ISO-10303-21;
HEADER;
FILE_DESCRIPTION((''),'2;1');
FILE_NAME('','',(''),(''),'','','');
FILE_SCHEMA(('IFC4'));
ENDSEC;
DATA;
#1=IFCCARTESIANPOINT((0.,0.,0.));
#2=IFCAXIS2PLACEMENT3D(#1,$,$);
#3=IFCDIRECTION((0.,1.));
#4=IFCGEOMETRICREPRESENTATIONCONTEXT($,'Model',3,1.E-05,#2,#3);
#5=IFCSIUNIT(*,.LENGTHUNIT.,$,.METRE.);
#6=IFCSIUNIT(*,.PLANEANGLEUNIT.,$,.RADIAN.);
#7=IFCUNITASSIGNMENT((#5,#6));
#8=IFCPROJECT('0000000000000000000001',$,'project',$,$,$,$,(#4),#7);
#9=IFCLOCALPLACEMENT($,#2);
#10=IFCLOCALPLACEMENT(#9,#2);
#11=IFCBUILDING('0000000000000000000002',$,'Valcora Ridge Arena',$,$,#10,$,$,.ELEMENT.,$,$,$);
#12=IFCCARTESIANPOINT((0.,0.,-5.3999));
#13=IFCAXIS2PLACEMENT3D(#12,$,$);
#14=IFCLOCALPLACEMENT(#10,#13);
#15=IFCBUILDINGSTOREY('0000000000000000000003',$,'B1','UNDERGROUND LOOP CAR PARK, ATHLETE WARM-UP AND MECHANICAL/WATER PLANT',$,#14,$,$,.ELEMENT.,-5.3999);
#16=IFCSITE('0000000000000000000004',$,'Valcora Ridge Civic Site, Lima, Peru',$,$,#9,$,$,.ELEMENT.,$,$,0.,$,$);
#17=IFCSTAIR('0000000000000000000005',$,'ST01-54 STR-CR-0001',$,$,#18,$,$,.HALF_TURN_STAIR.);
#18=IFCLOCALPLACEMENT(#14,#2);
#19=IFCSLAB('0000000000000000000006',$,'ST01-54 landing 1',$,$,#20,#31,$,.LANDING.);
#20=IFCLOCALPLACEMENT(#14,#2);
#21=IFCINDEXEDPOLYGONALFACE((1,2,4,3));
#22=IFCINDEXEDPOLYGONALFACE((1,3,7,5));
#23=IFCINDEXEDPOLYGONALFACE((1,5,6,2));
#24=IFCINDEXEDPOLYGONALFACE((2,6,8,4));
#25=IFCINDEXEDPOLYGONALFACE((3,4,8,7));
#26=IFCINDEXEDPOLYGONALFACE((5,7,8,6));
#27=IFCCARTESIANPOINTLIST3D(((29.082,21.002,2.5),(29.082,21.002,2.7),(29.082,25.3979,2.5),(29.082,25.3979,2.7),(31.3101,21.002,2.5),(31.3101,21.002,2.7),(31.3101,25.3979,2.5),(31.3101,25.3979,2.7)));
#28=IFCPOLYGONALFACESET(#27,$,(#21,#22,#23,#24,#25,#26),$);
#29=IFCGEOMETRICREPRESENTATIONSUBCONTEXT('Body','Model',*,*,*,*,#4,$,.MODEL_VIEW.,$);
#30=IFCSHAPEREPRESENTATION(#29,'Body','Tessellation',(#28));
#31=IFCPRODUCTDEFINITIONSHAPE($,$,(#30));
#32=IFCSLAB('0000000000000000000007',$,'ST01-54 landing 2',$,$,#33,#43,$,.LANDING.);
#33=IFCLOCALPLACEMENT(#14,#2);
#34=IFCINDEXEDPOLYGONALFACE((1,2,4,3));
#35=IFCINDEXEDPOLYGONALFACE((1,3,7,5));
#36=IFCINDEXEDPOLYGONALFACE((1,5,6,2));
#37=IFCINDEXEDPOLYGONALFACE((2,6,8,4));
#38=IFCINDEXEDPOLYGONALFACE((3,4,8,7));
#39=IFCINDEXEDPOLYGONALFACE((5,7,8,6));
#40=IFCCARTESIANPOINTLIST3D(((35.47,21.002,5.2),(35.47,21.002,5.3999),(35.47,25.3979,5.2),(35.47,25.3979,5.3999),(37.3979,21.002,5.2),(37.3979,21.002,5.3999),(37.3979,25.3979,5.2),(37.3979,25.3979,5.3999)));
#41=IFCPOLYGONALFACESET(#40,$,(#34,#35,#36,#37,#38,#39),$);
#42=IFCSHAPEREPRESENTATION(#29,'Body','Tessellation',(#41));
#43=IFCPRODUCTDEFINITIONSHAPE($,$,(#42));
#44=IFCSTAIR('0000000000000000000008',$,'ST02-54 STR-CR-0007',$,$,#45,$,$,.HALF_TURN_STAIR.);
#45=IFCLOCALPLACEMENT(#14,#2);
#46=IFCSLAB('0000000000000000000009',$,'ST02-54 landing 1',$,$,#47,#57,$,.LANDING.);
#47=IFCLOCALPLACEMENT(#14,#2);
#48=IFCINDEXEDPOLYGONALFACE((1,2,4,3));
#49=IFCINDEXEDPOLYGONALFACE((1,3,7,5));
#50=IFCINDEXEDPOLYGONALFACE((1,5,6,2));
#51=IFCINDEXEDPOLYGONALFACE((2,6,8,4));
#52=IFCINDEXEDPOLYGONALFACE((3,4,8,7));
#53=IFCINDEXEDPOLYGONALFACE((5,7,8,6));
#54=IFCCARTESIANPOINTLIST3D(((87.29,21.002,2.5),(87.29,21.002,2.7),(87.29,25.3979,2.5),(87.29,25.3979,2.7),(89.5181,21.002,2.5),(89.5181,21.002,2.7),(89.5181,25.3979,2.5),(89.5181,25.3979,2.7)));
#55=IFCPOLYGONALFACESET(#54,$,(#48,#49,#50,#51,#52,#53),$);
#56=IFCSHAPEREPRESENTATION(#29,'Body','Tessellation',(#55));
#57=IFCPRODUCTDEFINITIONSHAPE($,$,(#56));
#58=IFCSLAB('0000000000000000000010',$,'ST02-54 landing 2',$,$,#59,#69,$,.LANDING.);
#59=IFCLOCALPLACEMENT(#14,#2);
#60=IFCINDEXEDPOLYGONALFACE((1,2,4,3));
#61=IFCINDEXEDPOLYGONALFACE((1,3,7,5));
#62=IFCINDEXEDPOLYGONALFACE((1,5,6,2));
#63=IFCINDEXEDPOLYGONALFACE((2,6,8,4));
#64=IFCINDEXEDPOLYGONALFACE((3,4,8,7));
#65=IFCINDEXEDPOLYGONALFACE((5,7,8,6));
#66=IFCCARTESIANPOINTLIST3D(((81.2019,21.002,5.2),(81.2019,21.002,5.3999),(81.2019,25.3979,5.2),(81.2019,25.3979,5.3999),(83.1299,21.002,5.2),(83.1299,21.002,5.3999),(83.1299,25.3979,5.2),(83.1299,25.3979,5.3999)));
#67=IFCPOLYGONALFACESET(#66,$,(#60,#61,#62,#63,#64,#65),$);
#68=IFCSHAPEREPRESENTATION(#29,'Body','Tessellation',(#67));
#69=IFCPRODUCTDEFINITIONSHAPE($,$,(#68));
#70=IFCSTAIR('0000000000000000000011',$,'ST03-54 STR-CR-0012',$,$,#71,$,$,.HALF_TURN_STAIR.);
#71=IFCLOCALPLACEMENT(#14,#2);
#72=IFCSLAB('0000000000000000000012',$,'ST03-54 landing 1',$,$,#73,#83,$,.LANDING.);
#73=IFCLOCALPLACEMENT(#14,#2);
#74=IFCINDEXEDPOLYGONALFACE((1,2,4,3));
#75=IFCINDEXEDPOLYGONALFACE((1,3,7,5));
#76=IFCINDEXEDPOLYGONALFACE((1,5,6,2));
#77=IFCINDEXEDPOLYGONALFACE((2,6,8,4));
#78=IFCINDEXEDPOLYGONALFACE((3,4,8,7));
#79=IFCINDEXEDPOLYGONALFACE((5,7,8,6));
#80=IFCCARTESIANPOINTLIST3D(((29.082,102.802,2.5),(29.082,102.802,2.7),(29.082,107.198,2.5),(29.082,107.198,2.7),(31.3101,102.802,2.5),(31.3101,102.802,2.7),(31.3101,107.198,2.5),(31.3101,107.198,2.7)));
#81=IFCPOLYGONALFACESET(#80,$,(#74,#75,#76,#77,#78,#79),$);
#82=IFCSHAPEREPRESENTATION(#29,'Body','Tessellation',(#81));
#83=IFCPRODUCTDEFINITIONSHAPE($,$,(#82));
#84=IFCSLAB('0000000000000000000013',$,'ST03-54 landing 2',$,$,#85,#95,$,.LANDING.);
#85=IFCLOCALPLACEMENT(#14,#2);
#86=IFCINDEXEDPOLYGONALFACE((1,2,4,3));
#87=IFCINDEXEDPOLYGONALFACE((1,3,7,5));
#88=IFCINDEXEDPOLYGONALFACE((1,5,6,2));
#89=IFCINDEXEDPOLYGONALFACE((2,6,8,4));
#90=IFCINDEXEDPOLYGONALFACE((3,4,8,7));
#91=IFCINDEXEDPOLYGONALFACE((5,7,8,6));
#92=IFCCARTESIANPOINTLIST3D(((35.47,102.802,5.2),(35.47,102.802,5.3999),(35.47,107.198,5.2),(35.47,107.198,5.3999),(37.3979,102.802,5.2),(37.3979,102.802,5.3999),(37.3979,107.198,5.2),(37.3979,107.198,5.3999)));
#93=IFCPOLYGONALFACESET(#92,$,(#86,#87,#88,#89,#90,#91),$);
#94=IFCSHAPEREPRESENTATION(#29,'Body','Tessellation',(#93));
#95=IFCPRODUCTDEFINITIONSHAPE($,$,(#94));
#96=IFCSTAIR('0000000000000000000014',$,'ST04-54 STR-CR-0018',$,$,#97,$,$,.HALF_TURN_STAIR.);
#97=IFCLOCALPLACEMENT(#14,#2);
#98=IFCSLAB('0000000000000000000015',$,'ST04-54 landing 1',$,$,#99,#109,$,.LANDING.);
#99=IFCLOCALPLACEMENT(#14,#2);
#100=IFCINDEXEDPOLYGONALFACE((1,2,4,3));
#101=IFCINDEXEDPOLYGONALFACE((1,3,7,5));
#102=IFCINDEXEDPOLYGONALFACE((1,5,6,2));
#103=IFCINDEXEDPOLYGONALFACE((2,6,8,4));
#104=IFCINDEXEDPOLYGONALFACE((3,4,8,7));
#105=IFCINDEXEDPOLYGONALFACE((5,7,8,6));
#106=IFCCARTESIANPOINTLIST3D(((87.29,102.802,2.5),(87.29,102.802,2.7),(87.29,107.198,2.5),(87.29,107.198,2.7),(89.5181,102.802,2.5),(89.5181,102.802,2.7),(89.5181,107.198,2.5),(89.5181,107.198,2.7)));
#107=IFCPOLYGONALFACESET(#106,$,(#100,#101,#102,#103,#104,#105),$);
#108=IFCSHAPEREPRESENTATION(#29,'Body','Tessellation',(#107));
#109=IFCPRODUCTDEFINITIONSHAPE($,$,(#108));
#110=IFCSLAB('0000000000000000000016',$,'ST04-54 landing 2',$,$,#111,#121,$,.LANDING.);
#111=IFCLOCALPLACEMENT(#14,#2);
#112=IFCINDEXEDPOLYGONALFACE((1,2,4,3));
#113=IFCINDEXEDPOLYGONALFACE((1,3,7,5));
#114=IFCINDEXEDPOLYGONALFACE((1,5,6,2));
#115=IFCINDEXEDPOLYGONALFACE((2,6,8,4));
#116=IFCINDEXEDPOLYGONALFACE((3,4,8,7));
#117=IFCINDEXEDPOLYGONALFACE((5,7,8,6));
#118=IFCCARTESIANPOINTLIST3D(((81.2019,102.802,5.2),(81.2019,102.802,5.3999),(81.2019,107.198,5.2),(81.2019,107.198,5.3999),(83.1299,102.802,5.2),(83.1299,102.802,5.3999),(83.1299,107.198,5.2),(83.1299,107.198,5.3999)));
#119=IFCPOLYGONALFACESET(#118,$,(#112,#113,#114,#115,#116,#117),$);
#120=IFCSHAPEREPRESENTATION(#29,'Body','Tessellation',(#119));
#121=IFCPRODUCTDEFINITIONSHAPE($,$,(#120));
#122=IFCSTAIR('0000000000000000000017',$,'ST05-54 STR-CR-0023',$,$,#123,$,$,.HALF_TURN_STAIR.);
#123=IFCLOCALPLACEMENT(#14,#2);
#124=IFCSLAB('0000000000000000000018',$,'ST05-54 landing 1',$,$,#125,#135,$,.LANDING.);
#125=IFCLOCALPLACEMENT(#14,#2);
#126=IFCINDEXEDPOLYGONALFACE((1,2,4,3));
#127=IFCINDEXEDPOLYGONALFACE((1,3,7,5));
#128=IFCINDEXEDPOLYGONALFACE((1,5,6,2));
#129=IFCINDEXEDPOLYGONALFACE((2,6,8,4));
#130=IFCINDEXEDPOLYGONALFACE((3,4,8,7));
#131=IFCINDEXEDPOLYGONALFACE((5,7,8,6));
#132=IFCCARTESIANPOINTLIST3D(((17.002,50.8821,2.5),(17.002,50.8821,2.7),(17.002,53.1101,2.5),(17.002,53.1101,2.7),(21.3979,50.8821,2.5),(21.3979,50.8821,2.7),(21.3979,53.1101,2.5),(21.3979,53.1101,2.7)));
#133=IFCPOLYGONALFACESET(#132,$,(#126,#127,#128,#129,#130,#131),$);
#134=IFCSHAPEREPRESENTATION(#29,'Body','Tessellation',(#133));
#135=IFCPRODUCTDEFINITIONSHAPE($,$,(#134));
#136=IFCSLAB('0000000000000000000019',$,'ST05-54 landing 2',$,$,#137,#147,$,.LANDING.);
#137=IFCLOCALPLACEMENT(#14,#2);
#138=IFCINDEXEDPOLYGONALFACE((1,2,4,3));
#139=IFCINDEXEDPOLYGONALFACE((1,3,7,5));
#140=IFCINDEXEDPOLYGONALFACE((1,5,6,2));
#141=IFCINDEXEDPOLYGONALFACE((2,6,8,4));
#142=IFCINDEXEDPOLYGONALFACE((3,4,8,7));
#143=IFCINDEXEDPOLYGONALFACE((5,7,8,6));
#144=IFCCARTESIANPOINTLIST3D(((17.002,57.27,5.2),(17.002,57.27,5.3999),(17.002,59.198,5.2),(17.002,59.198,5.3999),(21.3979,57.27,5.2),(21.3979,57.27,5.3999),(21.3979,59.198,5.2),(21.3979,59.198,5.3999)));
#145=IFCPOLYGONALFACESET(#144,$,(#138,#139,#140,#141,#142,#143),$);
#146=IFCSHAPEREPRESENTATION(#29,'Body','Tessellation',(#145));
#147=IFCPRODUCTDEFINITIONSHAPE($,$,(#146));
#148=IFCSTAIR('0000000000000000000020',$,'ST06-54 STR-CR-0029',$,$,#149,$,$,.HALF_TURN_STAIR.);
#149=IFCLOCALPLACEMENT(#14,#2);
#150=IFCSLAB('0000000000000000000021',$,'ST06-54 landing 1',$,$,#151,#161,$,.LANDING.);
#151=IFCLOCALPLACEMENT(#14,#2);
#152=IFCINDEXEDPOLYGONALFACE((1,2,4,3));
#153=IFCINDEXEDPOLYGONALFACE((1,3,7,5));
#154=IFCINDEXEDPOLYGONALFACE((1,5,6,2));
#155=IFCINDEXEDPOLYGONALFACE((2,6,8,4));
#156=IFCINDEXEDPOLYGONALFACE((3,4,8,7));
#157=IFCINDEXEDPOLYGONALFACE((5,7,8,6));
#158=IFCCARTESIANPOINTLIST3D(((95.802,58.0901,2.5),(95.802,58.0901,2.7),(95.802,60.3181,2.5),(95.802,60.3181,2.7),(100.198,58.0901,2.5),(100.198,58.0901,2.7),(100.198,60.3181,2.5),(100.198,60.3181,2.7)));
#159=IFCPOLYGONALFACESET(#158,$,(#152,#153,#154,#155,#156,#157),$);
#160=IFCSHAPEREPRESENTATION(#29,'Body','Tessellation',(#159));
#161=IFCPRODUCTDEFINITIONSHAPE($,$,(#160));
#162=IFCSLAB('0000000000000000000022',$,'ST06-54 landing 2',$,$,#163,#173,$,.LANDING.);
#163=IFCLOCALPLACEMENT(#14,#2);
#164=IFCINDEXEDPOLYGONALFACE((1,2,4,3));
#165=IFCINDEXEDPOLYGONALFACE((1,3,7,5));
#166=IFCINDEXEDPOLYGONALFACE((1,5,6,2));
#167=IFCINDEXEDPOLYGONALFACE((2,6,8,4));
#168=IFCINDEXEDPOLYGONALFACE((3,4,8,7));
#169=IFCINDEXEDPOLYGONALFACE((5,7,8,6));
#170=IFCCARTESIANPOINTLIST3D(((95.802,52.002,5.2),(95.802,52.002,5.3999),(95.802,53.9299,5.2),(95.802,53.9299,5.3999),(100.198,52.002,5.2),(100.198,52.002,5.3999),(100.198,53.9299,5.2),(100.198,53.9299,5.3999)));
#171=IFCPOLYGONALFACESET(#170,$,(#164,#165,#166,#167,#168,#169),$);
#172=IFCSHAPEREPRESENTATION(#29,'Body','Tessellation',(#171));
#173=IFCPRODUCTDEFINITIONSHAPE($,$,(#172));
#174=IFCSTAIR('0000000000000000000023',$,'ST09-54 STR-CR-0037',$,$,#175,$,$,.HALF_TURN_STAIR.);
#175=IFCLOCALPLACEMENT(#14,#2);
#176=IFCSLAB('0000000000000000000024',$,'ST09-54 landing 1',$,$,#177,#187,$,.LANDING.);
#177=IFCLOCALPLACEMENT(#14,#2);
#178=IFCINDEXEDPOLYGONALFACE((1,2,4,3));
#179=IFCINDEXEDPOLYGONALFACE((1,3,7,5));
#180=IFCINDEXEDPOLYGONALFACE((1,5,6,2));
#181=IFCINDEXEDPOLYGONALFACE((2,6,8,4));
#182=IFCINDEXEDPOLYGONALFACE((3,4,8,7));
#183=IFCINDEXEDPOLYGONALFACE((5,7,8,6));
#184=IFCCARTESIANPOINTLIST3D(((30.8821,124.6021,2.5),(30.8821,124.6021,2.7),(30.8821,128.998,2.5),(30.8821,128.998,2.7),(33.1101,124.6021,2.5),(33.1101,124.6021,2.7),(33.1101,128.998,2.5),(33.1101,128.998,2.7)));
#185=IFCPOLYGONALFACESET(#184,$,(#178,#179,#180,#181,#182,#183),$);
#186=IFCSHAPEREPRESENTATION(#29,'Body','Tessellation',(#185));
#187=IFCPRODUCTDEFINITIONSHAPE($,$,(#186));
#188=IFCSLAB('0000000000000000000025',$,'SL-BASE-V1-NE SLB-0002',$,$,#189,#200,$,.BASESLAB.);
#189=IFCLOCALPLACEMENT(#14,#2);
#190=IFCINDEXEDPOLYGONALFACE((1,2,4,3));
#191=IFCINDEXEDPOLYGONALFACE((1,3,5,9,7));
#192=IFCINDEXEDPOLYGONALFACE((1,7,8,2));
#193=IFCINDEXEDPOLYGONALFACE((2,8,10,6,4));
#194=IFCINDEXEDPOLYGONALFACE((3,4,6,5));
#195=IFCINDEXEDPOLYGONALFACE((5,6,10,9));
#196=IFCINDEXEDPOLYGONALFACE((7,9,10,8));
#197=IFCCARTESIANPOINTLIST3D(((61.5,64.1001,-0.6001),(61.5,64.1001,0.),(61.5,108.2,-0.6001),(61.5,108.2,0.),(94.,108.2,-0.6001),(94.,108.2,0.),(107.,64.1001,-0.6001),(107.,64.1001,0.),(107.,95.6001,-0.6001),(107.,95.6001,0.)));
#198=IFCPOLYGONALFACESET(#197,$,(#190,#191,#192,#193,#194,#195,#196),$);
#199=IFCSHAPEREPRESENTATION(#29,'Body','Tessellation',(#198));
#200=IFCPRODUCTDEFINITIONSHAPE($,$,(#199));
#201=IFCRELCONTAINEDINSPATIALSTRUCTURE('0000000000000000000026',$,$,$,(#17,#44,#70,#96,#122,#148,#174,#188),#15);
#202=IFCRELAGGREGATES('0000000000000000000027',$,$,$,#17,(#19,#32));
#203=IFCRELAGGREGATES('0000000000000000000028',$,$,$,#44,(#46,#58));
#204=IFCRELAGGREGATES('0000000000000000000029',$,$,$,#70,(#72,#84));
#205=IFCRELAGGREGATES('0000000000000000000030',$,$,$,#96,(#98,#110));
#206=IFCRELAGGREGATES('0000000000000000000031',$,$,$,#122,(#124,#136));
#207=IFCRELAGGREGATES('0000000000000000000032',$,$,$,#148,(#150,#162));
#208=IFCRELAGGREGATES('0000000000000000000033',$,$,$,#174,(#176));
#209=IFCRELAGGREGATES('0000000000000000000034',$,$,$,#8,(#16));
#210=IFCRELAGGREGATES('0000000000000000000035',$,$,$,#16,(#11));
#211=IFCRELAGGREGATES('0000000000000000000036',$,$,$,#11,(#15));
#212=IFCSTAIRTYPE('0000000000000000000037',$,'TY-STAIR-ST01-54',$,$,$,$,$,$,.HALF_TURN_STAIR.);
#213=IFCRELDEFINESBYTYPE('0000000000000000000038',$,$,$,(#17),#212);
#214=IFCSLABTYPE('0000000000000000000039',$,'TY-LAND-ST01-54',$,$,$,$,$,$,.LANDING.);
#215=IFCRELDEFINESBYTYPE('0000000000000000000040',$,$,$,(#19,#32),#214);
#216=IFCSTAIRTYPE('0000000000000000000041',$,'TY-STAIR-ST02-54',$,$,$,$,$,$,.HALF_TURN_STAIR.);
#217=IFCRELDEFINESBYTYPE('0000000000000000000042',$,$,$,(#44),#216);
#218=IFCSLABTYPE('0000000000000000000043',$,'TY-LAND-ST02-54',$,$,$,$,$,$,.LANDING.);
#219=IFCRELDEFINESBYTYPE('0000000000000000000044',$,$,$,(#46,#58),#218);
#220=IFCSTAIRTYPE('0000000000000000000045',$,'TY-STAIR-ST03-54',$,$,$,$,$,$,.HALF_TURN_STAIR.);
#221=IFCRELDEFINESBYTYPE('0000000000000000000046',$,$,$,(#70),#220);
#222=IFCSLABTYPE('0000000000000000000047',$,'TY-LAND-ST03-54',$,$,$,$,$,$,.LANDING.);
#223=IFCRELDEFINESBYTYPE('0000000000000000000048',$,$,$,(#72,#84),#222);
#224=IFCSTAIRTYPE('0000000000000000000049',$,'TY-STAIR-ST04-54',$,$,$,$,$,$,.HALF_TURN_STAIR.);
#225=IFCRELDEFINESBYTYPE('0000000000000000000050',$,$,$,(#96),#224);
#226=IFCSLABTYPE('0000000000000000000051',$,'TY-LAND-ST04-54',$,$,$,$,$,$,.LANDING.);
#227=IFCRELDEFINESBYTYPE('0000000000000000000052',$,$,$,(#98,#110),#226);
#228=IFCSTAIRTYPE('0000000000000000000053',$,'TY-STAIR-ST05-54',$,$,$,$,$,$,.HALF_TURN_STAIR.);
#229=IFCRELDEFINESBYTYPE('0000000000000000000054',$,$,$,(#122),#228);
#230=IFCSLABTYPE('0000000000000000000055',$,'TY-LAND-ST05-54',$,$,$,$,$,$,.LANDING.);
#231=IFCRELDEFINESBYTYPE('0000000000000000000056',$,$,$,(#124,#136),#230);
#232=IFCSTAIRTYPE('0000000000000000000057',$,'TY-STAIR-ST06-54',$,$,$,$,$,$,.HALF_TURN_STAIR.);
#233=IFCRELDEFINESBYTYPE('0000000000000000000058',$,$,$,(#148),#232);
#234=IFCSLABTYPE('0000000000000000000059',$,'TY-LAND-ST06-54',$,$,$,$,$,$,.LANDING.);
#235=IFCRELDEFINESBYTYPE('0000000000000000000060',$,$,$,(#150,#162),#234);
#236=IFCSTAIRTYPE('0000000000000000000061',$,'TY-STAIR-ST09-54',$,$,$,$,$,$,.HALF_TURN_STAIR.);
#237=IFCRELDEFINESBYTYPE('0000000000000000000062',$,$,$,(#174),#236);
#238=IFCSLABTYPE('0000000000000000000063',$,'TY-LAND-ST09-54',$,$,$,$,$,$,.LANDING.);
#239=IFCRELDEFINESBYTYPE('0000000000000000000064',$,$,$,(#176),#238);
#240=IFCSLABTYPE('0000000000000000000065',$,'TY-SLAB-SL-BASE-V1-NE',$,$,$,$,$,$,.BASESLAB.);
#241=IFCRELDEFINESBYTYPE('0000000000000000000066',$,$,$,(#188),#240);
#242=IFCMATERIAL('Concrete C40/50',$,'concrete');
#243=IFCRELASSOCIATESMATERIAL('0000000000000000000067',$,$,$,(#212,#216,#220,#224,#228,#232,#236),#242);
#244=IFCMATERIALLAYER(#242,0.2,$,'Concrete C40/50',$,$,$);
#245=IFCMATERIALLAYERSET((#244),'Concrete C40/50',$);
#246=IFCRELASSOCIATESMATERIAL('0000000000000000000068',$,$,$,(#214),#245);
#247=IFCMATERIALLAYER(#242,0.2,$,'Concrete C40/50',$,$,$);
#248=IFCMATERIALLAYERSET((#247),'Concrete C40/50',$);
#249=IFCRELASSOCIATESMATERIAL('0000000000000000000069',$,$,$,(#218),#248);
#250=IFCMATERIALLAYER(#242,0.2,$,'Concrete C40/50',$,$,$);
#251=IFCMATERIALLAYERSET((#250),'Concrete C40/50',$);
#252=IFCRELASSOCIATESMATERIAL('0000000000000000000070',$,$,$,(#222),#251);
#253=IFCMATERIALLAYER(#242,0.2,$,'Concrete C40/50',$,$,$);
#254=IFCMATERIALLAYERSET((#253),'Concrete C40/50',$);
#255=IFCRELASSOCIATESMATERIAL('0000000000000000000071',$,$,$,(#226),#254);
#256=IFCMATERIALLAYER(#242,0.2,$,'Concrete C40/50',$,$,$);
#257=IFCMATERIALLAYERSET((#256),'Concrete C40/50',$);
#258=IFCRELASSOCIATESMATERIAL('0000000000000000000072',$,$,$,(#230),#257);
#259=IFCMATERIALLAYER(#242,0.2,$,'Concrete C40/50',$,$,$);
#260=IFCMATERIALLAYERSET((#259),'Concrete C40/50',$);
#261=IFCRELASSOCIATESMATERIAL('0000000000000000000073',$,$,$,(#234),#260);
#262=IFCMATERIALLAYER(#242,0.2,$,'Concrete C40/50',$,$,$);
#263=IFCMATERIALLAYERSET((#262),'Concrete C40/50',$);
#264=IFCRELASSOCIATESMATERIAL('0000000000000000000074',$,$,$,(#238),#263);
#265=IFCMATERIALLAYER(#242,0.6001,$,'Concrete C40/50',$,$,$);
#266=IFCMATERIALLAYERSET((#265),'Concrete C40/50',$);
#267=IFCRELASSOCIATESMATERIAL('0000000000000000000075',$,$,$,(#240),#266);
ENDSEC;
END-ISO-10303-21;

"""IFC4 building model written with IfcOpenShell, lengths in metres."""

from ifc_helpers import new_model, si_unit, direction, frame, origin, place, context, subcontext, project, spatial, polyline, outline, extrude, material, layer, layer_set, type_object, element, aggregate, save


model = new_model("IFC4")

# Units and contexts
model_context = context("Model", 3, precision=1e-05, world=origin(), true_north=direction((0.0, 1.0)))
body_context = subcontext(model_context, "Body", "Model", "MODEL_VIEW")
ifc_project = project(units=[si_unit("LENGTHUNIT", "METRE"), si_unit("PLANEANGLEUNIT", "RADIAN")], contexts=[model_context])

# Site, building, storey
site_placement = place(None, origin())
site = spatial("IfcSite", under=ifc_project, at=site_placement, Name="Valcora Ridge Civic Site, Lima, Peru", CompositionType="ELEMENT", RefElevation=0.0)
building_placement = place(site_placement, origin())
building = spatial("IfcBuilding", under=site, at=building_placement, Name="Valcora Ridge Arena", CompositionType="ELEMENT")
storey_placement = place(building_placement, frame((0.0, 0.0, -5.3999)))
storey = spatial("IfcBuildingStorey", under=building, at=storey_placement, Name="B1", Description="UNDERGROUND LOOP CAR PARK, ATHLETE WARM-UP AND MECHANICAL/WATER PLANT", CompositionType="ELEMENT", Elevation=-5.3999)

# Stairs, slabs
ifc_material_1 = material(Name="Concrete C40/50", Category="concrete")
stair_type_1 = type_object("IfcStairType", Name="TY-STAIR-ST01-54", PredefinedType="HALF_TURN_STAIR", material=ifc_material_1)
stair_1_placement = place(storey_placement, origin())
stair_1 = element("IfcStair", 1, at=stair_1_placement, inside=storey, type_object=stair_type_1, Name="ST01-54 STR-CR-0001", PredefinedType="HALF_TURN_STAIR")
ifc_layer_1 = layer(ifc_material_1, 0.2, Name="Concrete C40/50")
ifc_layer_set_1 = layer_set([ifc_layer_1], Name="Concrete C40/50")
slab_type_1 = type_object("IfcSlabType", Name="TY-LAND-ST01-54", PredefinedType="LANDING", material=ifc_layer_set_1)
slab_1_placement = place(storey_placement, frame((0.0, 0.0, 2.5)))
slab_1 = element("IfcSlab", 2, at=slab_1_placement, type_object=slab_type_1, Name="ST01-54 landing 1", PredefinedType="LANDING", context=body_context, shape_type="SweptSolid", body=[
    extrude(outline(polyline([(29.082, 21.002), (31.3101, 21.002), (31.3101, 25.3979), (29.082, 25.3979), (29.082, 21.002)])), origin(), (0.0, 0.0, 1.0), 0.2),
])
slab_2_placement = place(storey_placement, frame((0.0, 0.0, 5.2)))
slab_2 = element("IfcSlab", 3, at=slab_2_placement, type_object=slab_type_1, Name="ST01-54 landing 2", PredefinedType="LANDING", context=body_context, shape_type="SweptSolid", body=[
    extrude(outline(polyline([(35.47, 21.002), (37.3979, 21.002), (37.3979, 25.3979), (35.47, 25.3979), (35.47, 21.002)])), origin(), (0.0, 0.0, 1.0), 0.2),
])
aggregate(stair_1, [slab_1, slab_2])
stair_type_2 = type_object("IfcStairType", Name="TY-STAIR-ST02-54", PredefinedType="HALF_TURN_STAIR", material=ifc_material_1)
stair_2_placement = place(storey_placement, origin())
stair_2 = element("IfcStair", 4, at=stair_2_placement, inside=storey, type_object=stair_type_2, Name="ST02-54 STR-CR-0007", PredefinedType="HALF_TURN_STAIR")
ifc_layer_2 = layer(ifc_material_1, 0.2, Name="Concrete C40/50")
ifc_layer_set_2 = layer_set([ifc_layer_2], Name="Concrete C40/50")
slab_type_2 = type_object("IfcSlabType", Name="TY-LAND-ST02-54", PredefinedType="LANDING", material=ifc_layer_set_2)
slab_3_placement = place(storey_placement, frame((0.0, 0.0, 2.5)))
slab_3 = element("IfcSlab", 5, at=slab_3_placement, type_object=slab_type_2, Name="ST02-54 landing 1", PredefinedType="LANDING", context=body_context, shape_type="SweptSolid", body=[
    extrude(outline(polyline([(87.29, 21.002), (89.5181, 21.002), (89.5181, 25.3979), (87.29, 25.3979), (87.29, 21.002)])), origin(), (0.0, 0.0, 1.0), 0.2),
])
slab_4_placement = place(storey_placement, frame((0.0, 0.0, 5.2)))
slab_4 = element("IfcSlab", 6, at=slab_4_placement, type_object=slab_type_2, Name="ST02-54 landing 2", PredefinedType="LANDING", context=body_context, shape_type="SweptSolid", body=[
    extrude(outline(polyline([(81.2019, 21.002), (83.1299, 21.002), (83.1299, 25.3979), (81.2019, 25.3979), (81.2019, 21.002)])), origin(), (0.0, 0.0, 1.0), 0.2),
])
aggregate(stair_2, [slab_3, slab_4])
stair_type_3 = type_object("IfcStairType", Name="TY-STAIR-ST03-54", PredefinedType="HALF_TURN_STAIR", material=ifc_material_1)
stair_3_placement = place(storey_placement, origin())
stair_3 = element("IfcStair", 7, at=stair_3_placement, inside=storey, type_object=stair_type_3, Name="ST03-54 STR-CR-0012", PredefinedType="HALF_TURN_STAIR")
ifc_layer_3 = layer(ifc_material_1, 0.2, Name="Concrete C40/50")
ifc_layer_set_3 = layer_set([ifc_layer_3], Name="Concrete C40/50")
slab_type_3 = type_object("IfcSlabType", Name="TY-LAND-ST03-54", PredefinedType="LANDING", material=ifc_layer_set_3)
slab_5_placement = place(storey_placement, frame((0.0, 0.0, 2.5)))
slab_5 = element("IfcSlab", 8, at=slab_5_placement, type_object=slab_type_3, Name="ST03-54 landing 1", PredefinedType="LANDING", context=body_context, shape_type="SweptSolid", body=[
    extrude(outline(polyline([(29.082, 102.802), (31.3101, 102.802), (31.3101, 107.198), (29.082, 107.198), (29.082, 102.802)])), origin(), (0.0, 0.0, 1.0), 0.2),
])
slab_6_placement = place(storey_placement, frame((0.0, 0.0, 5.2)))
slab_6 = element("IfcSlab", 9, at=slab_6_placement, type_object=slab_type_3, Name="ST03-54 landing 2", PredefinedType="LANDING", context=body_context, shape_type="SweptSolid", body=[
    extrude(outline(polyline([(35.47, 102.802), (37.3979, 102.802), (37.3979, 107.198), (35.47, 107.198), (35.47, 102.802)])), origin(), (0.0, 0.0, 1.0), 0.2),
])
aggregate(stair_3, [slab_5, slab_6])
stair_type_4 = type_object("IfcStairType", Name="TY-STAIR-ST04-54", PredefinedType="HALF_TURN_STAIR", material=ifc_material_1)
stair_4_placement = place(storey_placement, origin())
stair_4 = element("IfcStair", 10, at=stair_4_placement, inside=storey, type_object=stair_type_4, Name="ST04-54 STR-CR-0018", PredefinedType="HALF_TURN_STAIR")
ifc_layer_4 = layer(ifc_material_1, 0.2, Name="Concrete C40/50")
ifc_layer_set_4 = layer_set([ifc_layer_4], Name="Concrete C40/50")
slab_type_4 = type_object("IfcSlabType", Name="TY-LAND-ST04-54", PredefinedType="LANDING", material=ifc_layer_set_4)
slab_7_placement = place(storey_placement, frame((0.0, 0.0, 2.5)))
slab_7 = element("IfcSlab", 11, at=slab_7_placement, type_object=slab_type_4, Name="ST04-54 landing 1", PredefinedType="LANDING", context=body_context, shape_type="SweptSolid", body=[
    extrude(outline(polyline([(87.29, 102.802), (89.5181, 102.802), (89.5181, 107.198), (87.29, 107.198), (87.29, 102.802)])), origin(), (0.0, 0.0, 1.0), 0.2),
])
slab_8_placement = place(storey_placement, frame((0.0, 0.0, 5.2)))
slab_8 = element("IfcSlab", 12, at=slab_8_placement, type_object=slab_type_4, Name="ST04-54 landing 2", PredefinedType="LANDING", context=body_context, shape_type="SweptSolid", body=[
    extrude(outline(polyline([(81.2019, 102.802), (83.1299, 102.802), (83.1299, 107.198), (81.2019, 107.198), (81.2019, 102.802)])), origin(), (0.0, 0.0, 1.0), 0.2),
])
aggregate(stair_4, [slab_7, slab_8])
stair_type_5 = type_object("IfcStairType", Name="TY-STAIR-ST05-54", PredefinedType="HALF_TURN_STAIR", material=ifc_material_1)
stair_5_placement = place(storey_placement, origin())
stair_5 = element("IfcStair", 13, at=stair_5_placement, inside=storey, type_object=stair_type_5, Name="ST05-54 STR-CR-0023", PredefinedType="HALF_TURN_STAIR")
ifc_layer_5 = layer(ifc_material_1, 0.2, Name="Concrete C40/50")
ifc_layer_set_5 = layer_set([ifc_layer_5], Name="Concrete C40/50")
slab_type_5 = type_object("IfcSlabType", Name="TY-LAND-ST05-54", PredefinedType="LANDING", material=ifc_layer_set_5)
slab_9_placement = place(storey_placement, frame((0.0, 0.0, 2.5)))
slab_9 = element("IfcSlab", 14, at=slab_9_placement, type_object=slab_type_5, Name="ST05-54 landing 1", PredefinedType="LANDING", context=body_context, shape_type="SweptSolid", body=[
    extrude(outline(polyline([(17.002, 50.8821), (21.3979, 50.8821), (21.3979, 53.1101), (17.002, 53.1101), (17.002, 50.8821)])), origin(), (0.0, 0.0, 1.0), 0.2),
])
slab_10_placement = place(storey_placement, frame((0.0, 0.0, 5.2)))
slab_10 = element("IfcSlab", 15, at=slab_10_placement, type_object=slab_type_5, Name="ST05-54 landing 2", PredefinedType="LANDING", context=body_context, shape_type="SweptSolid", body=[
    extrude(outline(polyline([(17.002, 57.27), (21.3979, 57.27), (21.3979, 59.198), (17.002, 59.198), (17.002, 57.27)])), origin(), (0.0, 0.0, 1.0), 0.2),
])
aggregate(stair_5, [slab_9, slab_10])
stair_type_6 = type_object("IfcStairType", Name="TY-STAIR-ST06-54", PredefinedType="HALF_TURN_STAIR", material=ifc_material_1)
stair_6_placement = place(storey_placement, origin())
stair_6 = element("IfcStair", 16, at=stair_6_placement, inside=storey, type_object=stair_type_6, Name="ST06-54 STR-CR-0029", PredefinedType="HALF_TURN_STAIR")
ifc_layer_6 = layer(ifc_material_1, 0.2, Name="Concrete C40/50")
ifc_layer_set_6 = layer_set([ifc_layer_6], Name="Concrete C40/50")
slab_type_6 = type_object("IfcSlabType", Name="TY-LAND-ST06-54", PredefinedType="LANDING", material=ifc_layer_set_6)
slab_11_placement = place(storey_placement, frame((0.0, 0.0, 2.5)))
slab_11 = element("IfcSlab", 17, at=slab_11_placement, type_object=slab_type_6, Name="ST06-54 landing 1", PredefinedType="LANDING", context=body_context, shape_type="SweptSolid", body=[
    extrude(outline(polyline([(95.802, 58.0901), (100.198, 58.0901), (100.198, 60.3181), (95.802, 60.3181), (95.802, 58.0901)])), origin(), (0.0, 0.0, 1.0), 0.2),
])
slab_12_placement = place(storey_placement, frame((0.0, 0.0, 5.2)))
slab_12 = element("IfcSlab", 18, at=slab_12_placement, type_object=slab_type_6, Name="ST06-54 landing 2", PredefinedType="LANDING", context=body_context, shape_type="SweptSolid", body=[
    extrude(outline(polyline([(95.802, 52.002), (100.198, 52.002), (100.198, 53.9299), (95.802, 53.9299), (95.802, 52.002)])), origin(), (0.0, 0.0, 1.0), 0.2),
])
aggregate(stair_6, [slab_11, slab_12])

# Stair, slab
stair_type_7 = type_object("IfcStairType", Name="TY-STAIR-ST09-54", PredefinedType="HALF_TURN_STAIR", material=ifc_material_1)
stair_7_placement = place(storey_placement, origin())
stair_7 = element("IfcStair", 19, at=stair_7_placement, inside=storey, type_object=stair_type_7, Name="ST09-54 STR-CR-0037", PredefinedType="HALF_TURN_STAIR")
ifc_layer_7 = layer(ifc_material_1, 0.2, Name="Concrete C40/50")
ifc_layer_set_7 = layer_set([ifc_layer_7], Name="Concrete C40/50")
slab_type_7 = type_object("IfcSlabType", Name="TY-LAND-ST09-54", PredefinedType="LANDING", material=ifc_layer_set_7)
slab_13_placement = place(storey_placement, frame((0.0, 0.0, 2.5)))
slab_13 = element("IfcSlab", 20, at=slab_13_placement, type_object=slab_type_7, Name="ST09-54 landing 1", PredefinedType="LANDING", context=body_context, shape_type="SweptSolid", body=[
    extrude(outline(polyline([(30.8821, 124.6021), (33.1101, 124.6021), (33.1101, 128.998), (30.8821, 128.998), (30.8821, 124.6021)])), origin(), (0.0, 0.0, 1.0), 0.2),
])
aggregate(stair_7, [slab_13])

# Slab
ifc_layer_8 = layer(ifc_material_1, 0.6001, Name="Concrete C40/50")
ifc_layer_set_8 = layer_set([ifc_layer_8], Name="Concrete C40/50")
slab_type_8 = type_object("IfcSlabType", Name="TY-SLAB-SL-BASE-V1-NE", PredefinedType="BASESLAB", material=ifc_layer_set_8)
slab_14_placement = place(storey_placement, frame((0.0, 0.0, -0.6001)))
element("IfcSlab", 21, at=slab_14_placement, inside=storey, type_object=slab_type_8, Name="SL-BASE-V1-NE SLB-0002", PredefinedType="BASESLAB", context=body_context, shape_type="SweptSolid", body=[
    extrude(outline(polyline([(94.0, 108.2), (61.5, 108.2), (61.5, 64.1001), (107.0, 64.1001), (107.0, 95.6001), (94.0, 108.2)])), origin(), (0.0, 0.0, 1.0), 0.6001),
])

save(model, "model.ifc")
